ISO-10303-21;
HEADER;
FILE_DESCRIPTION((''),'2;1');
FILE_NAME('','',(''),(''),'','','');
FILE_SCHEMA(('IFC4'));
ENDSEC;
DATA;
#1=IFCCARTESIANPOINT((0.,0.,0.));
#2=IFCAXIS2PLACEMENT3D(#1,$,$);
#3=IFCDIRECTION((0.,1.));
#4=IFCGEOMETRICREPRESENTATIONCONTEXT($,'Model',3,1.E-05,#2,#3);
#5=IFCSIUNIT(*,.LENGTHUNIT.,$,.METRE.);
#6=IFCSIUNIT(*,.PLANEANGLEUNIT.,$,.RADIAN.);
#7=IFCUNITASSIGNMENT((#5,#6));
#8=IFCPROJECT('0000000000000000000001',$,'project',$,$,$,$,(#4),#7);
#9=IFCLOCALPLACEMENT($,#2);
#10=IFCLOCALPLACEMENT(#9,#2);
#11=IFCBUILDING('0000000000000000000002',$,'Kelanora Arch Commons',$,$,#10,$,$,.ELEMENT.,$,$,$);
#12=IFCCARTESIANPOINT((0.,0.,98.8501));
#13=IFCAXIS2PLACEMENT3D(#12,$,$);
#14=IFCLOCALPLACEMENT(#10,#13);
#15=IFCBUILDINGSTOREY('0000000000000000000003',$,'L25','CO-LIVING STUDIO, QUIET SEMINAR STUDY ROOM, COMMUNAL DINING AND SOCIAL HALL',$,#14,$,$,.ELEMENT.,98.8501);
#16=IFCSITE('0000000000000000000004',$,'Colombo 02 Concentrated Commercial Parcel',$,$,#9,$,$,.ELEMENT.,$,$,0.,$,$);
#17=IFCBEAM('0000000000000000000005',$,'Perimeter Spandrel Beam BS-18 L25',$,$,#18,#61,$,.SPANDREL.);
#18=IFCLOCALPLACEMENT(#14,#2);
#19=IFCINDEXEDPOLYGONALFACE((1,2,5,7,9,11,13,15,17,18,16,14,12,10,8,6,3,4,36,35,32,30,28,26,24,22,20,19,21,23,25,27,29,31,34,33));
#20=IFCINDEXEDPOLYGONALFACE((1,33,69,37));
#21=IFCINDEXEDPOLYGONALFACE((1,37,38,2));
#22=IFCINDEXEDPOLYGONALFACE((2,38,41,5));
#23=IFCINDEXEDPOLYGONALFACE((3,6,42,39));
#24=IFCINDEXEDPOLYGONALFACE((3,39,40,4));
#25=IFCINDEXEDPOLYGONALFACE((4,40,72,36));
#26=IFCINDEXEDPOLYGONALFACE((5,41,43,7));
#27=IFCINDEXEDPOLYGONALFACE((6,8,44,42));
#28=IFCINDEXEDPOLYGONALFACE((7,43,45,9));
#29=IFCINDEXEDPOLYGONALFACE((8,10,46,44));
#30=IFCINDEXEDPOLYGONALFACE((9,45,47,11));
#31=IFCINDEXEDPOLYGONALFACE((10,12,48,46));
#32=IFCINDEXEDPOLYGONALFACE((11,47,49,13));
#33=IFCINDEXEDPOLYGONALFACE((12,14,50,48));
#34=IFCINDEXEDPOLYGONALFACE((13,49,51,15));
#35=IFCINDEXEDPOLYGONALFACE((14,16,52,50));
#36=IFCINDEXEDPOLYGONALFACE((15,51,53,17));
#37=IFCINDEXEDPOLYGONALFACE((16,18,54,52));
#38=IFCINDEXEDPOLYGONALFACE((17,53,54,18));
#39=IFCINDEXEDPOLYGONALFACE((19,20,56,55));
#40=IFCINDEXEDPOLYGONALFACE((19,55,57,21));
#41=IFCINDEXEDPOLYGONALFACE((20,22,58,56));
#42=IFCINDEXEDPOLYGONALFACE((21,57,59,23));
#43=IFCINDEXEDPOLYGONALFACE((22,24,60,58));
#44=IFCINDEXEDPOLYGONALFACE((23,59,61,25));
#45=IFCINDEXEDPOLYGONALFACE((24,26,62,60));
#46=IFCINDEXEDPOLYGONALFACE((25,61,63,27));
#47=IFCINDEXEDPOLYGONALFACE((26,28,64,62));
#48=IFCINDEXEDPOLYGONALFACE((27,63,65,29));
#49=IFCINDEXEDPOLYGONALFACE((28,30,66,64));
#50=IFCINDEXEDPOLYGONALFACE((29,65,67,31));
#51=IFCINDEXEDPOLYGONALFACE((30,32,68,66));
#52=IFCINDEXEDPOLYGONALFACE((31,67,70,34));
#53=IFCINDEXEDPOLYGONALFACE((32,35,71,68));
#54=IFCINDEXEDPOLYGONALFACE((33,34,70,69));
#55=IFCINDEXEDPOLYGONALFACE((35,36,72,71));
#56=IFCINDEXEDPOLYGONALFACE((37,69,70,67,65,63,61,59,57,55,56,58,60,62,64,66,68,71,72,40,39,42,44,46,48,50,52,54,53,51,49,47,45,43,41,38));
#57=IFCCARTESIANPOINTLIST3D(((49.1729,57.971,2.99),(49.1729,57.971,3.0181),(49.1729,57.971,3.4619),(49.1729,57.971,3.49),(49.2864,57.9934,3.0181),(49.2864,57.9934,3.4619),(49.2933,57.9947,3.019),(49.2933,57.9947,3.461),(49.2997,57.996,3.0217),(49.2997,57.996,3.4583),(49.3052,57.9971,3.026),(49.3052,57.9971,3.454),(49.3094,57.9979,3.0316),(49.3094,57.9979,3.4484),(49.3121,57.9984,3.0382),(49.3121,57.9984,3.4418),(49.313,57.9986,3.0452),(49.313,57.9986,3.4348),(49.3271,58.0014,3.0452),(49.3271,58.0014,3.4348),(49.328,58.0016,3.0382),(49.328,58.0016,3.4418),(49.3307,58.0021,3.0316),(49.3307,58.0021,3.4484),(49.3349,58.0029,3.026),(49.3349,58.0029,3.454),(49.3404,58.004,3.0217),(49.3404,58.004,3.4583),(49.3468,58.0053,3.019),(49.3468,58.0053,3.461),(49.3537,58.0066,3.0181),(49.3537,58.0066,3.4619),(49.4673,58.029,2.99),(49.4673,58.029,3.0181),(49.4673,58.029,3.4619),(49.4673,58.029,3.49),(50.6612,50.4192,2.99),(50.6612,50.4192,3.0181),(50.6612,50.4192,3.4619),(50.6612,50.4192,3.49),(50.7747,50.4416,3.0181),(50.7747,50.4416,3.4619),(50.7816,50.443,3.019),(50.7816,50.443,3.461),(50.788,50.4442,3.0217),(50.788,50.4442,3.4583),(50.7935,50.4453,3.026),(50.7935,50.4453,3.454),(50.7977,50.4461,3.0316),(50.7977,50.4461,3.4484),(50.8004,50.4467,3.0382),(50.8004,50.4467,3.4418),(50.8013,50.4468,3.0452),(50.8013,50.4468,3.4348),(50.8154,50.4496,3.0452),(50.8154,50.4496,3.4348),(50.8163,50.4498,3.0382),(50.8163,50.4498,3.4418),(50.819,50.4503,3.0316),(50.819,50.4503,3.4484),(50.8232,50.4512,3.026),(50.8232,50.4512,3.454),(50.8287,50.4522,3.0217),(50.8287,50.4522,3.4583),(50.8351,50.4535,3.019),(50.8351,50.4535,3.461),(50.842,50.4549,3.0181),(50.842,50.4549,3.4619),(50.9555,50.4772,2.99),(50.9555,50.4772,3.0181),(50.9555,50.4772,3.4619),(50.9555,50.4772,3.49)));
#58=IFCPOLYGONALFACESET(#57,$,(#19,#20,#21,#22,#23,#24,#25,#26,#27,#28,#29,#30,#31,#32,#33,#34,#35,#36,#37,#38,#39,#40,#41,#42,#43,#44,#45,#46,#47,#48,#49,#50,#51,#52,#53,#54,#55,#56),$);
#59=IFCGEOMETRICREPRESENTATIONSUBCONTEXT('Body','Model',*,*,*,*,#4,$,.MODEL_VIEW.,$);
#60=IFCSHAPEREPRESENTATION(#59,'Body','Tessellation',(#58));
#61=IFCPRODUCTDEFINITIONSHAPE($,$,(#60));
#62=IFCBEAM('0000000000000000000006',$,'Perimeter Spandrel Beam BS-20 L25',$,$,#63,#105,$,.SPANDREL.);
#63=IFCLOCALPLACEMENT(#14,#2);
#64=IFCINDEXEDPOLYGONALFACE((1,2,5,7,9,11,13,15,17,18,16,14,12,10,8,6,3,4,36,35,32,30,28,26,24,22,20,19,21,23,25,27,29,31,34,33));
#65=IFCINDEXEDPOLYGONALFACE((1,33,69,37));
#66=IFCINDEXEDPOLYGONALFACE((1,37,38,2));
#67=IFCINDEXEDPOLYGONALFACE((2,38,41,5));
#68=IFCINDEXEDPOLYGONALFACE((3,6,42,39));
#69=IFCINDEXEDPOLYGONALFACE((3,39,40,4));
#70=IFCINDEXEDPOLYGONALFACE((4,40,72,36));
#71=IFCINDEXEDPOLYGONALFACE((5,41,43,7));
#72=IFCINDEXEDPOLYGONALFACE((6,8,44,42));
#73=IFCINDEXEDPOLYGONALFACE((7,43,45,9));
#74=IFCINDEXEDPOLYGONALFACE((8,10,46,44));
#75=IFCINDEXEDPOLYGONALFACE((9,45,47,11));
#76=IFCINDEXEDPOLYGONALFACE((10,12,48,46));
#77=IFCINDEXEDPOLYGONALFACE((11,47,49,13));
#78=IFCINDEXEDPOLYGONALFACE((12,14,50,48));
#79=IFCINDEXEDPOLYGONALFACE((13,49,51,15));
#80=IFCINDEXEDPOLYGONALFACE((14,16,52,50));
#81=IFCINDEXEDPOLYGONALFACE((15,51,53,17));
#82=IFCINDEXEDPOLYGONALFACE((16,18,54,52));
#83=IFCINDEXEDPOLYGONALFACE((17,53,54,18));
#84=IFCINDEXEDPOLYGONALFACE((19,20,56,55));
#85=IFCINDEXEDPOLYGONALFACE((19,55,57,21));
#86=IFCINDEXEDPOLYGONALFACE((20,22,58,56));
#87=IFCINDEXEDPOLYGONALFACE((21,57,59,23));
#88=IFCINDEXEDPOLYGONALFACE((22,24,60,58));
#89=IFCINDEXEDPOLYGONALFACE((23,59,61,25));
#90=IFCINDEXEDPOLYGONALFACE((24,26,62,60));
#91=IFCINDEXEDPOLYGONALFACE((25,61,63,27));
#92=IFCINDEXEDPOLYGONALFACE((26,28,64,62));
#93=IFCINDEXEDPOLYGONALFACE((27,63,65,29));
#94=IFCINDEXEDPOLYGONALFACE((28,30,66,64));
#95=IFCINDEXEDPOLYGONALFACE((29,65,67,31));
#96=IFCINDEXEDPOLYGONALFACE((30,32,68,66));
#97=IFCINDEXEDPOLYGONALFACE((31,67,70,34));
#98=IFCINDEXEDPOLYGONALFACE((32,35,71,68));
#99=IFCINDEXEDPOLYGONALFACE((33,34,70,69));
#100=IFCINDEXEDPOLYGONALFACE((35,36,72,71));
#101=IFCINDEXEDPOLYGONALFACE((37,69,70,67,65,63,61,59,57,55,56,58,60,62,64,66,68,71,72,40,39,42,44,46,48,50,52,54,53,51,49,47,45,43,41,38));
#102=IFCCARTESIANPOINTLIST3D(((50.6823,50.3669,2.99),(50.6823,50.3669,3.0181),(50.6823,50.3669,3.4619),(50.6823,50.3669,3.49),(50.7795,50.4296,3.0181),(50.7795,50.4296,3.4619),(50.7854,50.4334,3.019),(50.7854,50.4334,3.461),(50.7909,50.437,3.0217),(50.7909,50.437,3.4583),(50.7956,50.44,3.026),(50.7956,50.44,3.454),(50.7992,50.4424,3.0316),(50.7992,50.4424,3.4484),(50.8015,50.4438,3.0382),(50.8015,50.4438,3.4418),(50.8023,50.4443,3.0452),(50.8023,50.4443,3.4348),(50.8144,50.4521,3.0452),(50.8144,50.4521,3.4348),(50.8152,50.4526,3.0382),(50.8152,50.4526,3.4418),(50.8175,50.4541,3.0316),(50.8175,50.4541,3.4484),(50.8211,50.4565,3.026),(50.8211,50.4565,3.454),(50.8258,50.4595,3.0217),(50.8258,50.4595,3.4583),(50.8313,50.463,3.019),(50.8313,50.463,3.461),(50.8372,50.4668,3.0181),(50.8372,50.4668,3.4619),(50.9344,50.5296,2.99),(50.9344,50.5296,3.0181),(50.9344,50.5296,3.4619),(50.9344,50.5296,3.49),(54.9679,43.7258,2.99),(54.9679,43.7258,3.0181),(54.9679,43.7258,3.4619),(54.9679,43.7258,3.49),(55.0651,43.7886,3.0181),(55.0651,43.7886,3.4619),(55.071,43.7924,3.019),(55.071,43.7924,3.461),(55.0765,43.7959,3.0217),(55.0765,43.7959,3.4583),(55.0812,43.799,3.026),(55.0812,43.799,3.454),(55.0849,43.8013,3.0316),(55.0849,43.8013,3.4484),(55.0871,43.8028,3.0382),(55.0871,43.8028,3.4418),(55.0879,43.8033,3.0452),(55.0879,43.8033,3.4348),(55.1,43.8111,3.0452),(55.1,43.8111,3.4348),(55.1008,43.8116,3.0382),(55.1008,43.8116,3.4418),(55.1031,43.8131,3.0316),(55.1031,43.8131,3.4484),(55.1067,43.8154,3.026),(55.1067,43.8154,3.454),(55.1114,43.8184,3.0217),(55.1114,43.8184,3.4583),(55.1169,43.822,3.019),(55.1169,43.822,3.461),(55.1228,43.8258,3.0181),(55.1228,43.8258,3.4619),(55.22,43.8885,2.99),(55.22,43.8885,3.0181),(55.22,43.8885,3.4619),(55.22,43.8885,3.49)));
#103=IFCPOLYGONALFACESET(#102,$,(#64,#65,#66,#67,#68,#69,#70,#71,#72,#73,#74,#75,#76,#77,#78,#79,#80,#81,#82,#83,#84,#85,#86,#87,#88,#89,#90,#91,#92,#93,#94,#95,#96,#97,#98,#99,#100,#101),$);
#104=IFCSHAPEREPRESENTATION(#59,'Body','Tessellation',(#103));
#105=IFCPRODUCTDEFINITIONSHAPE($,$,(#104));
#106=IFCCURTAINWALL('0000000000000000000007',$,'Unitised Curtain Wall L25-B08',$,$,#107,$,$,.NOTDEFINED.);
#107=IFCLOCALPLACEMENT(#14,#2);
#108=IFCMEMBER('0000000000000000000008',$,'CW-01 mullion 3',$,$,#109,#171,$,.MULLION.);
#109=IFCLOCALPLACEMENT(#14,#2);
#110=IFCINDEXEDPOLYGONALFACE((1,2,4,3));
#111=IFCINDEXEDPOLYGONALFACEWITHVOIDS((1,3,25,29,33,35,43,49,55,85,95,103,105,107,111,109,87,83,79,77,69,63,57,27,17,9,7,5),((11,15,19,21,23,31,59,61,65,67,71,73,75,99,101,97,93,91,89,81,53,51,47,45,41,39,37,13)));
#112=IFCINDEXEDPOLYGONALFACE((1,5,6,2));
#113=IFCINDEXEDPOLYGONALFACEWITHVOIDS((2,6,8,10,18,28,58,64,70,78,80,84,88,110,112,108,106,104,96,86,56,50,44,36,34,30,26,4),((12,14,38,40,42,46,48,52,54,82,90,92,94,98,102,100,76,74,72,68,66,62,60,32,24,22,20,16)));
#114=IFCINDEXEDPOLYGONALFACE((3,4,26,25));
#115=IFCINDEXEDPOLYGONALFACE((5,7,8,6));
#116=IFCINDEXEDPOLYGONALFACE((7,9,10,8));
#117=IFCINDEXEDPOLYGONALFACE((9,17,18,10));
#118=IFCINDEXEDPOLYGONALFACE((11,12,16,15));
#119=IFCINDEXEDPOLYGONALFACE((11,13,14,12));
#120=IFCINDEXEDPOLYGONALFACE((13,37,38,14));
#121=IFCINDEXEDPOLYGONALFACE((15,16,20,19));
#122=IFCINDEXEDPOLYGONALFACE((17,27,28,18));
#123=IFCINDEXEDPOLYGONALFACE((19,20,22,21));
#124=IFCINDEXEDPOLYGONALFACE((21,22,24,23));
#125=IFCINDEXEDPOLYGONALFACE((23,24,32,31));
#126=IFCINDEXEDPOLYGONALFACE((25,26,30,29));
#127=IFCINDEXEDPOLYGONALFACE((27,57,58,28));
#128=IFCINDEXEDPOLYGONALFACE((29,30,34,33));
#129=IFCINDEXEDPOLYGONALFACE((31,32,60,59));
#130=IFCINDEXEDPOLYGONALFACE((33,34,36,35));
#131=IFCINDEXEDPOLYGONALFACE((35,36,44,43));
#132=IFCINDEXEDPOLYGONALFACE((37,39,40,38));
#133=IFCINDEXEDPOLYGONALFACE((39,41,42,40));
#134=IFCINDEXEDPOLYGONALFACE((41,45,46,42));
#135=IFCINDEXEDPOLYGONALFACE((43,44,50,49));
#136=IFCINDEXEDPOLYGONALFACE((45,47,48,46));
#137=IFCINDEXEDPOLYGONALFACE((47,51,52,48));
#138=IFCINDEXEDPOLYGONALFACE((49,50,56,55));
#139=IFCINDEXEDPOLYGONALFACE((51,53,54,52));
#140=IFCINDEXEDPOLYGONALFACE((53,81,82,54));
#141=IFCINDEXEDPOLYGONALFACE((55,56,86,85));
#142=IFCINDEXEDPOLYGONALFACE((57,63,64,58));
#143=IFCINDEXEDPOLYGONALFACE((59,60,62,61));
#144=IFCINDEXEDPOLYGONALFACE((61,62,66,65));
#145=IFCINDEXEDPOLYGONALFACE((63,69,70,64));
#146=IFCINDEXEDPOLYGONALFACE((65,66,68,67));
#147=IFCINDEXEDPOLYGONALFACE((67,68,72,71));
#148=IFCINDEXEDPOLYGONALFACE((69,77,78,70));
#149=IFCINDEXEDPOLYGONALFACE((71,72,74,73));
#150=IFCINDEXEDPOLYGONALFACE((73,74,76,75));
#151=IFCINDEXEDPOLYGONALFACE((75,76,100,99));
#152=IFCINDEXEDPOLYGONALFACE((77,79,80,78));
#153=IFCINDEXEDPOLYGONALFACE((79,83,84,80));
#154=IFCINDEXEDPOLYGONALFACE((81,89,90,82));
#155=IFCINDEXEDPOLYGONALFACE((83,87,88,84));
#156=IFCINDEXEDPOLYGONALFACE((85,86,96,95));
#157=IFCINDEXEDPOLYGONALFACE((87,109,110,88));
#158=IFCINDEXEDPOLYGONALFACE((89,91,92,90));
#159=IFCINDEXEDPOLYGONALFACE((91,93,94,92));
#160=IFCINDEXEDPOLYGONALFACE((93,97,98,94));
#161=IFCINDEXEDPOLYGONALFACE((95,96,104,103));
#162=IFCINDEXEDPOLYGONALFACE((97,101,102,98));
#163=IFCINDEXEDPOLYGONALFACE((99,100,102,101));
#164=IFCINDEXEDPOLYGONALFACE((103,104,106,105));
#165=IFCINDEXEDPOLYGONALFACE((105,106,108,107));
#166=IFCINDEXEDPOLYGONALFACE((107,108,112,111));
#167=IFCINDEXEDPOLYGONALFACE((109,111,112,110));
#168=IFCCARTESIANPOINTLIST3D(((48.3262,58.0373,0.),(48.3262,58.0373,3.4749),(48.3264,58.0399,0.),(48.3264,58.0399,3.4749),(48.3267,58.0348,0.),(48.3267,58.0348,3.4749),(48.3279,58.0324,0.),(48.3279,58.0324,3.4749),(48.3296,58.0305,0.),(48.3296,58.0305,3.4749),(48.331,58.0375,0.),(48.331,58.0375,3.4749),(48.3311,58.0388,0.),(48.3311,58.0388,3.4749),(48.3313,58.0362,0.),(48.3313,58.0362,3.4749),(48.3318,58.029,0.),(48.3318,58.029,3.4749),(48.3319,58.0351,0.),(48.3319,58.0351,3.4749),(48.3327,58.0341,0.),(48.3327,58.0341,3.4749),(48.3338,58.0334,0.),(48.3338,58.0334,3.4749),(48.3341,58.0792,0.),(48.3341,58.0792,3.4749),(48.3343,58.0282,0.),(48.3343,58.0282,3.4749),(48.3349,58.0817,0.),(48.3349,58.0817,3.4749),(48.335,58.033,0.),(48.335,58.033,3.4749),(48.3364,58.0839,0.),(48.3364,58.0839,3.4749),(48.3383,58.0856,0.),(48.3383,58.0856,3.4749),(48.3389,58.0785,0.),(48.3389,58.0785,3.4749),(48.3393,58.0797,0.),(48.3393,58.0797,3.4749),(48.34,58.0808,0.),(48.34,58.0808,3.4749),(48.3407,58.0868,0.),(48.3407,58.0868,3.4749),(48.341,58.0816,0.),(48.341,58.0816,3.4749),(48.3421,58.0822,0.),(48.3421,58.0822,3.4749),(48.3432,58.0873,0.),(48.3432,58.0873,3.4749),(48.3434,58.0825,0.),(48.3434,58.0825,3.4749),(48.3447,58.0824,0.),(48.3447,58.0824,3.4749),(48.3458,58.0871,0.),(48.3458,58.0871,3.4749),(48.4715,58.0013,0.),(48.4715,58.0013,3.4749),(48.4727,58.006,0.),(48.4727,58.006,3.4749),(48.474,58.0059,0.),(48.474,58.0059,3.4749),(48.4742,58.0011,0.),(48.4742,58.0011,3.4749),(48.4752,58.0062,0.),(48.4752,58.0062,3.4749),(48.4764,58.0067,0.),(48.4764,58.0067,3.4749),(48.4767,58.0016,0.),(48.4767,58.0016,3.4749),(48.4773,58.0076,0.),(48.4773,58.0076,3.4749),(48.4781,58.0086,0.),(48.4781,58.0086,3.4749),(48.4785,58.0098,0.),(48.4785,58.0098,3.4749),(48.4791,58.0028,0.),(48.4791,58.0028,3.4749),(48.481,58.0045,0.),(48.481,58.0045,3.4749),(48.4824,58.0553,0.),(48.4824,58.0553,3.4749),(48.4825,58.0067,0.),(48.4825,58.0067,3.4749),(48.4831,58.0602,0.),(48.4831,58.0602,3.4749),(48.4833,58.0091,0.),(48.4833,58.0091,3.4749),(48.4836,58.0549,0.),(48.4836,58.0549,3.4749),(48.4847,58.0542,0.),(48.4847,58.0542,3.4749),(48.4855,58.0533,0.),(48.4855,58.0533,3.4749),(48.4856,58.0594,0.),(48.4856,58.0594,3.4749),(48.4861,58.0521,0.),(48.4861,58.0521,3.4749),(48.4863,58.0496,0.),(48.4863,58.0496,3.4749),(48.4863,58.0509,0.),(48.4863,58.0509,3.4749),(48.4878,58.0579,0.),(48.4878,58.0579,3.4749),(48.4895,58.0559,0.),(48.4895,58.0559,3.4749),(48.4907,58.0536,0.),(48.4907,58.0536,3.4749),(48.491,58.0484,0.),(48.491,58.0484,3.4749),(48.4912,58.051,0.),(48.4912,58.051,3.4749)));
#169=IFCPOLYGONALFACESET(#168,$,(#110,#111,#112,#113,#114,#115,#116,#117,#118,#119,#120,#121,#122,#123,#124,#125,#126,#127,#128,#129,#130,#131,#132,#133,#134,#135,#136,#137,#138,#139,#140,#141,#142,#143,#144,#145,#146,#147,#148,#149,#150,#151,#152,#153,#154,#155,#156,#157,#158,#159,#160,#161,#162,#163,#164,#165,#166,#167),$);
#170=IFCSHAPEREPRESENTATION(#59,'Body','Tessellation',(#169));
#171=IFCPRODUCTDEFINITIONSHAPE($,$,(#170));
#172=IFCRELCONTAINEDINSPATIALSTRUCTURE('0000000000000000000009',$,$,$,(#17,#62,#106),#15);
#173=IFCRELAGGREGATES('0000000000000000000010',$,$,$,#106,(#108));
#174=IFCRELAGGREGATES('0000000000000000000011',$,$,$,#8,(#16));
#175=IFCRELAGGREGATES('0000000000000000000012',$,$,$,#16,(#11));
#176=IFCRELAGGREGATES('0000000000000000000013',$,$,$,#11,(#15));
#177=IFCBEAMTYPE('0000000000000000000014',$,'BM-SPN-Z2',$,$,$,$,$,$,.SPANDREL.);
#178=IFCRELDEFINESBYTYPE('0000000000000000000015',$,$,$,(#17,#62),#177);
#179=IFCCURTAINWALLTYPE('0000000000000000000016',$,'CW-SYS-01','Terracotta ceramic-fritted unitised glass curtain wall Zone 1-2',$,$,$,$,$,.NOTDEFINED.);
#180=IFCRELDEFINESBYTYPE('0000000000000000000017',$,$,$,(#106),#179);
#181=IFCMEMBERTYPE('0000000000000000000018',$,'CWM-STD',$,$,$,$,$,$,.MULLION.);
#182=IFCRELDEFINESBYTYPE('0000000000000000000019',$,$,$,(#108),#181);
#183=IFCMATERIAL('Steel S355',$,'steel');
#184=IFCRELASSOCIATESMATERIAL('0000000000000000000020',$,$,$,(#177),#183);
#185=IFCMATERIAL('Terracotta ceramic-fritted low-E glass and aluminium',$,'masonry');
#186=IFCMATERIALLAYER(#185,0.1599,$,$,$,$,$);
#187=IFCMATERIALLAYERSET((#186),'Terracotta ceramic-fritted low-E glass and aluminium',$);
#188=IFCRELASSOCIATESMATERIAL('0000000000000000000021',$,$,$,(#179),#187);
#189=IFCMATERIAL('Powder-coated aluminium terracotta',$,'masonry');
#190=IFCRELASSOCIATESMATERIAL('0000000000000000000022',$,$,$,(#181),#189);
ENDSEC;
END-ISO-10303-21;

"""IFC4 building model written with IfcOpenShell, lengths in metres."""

from ifc_helpers import new_model, si_unit, direction, frame, origin, origin_2d, place, context, subcontext, project, spatial, hollow_rectangle, i_section, extrude, material, layer, layer_set, material_profile, profile_set, type_object, element, aggregate, save


model = new_model("IFC4")

# Units and contexts
model_context = context("Model", 3, precision=1e-05, world=origin(), true_north=direction((0.0, 1.0)))
body_context = subcontext(model_context, "Body", "Model", "MODEL_VIEW")
ifc_project = project(units=[si_unit("LENGTHUNIT", "METRE"), si_unit("PLANEANGLEUNIT", "RADIAN")], contexts=[model_context])

# Site, building, storey
site_placement = place(None, origin())
site = spatial("IfcSite", under=ifc_project, at=site_placement, Name="Colombo 02 Concentrated Commercial Parcel", CompositionType="ELEMENT", RefElevation=0.0)
building_placement = place(site_placement, origin())
building = spatial("IfcBuilding", under=site, at=building_placement, Name="Kelanora Arch Commons", CompositionType="ELEMENT")
storey_placement = place(building_placement, frame((0.0, 0.0, 98.8501)))
storey = spatial("IfcBuildingStorey", under=building, at=storey_placement, Name="L25", Description="CO-LIVING STUDIO, QUIET SEMINAR STUDY ROOM, COMMUNAL DINING AND SOCIAL HALL", CompositionType="ELEMENT", Elevation=98.8501)

# Beams
ifc_material_1 = material(Name="Steel S355", Category="steel")
ifc_material_profile_1 = material_profile(ifc_material_1, i_section(OverallWidth=0.3, OverallDepth=0.5, WebThickness=0.0144, FlangeThickness=0.0281, FilletRadius=0.0271, at=origin_2d()), Name="HEB500")
ifc_profile_set_1 = profile_set([ifc_material_profile_1], Name="Steel S355")
beam_type_1 = type_object("IfcBeamType", Name="BM-SPN-Z2", PredefinedType="SPANDREL", material=ifc_profile_set_1)
beam_1_placement = place(storey_placement, frame((49.3201, 58.0, 3.24), z_axis=(0.193358, -0.981128, 0.0), x_axis=(0.981128, 0.193358, 0.0)))
element("IfcBeam", 1, at=beam_1_placement, inside=storey, type_object=beam_type_1, Name="Perimeter Spandrel Beam BS-18 L25", PredefinedType="SPANDREL", context=body_context, shape_type="SweptSolid", body=[
    extrude(i_section(OverallWidth=0.3, OverallDepth=0.5, WebThickness=0.0144, FlangeThickness=0.0281, FilletRadius=0.0271, at=origin_2d()), origin(), (0.0, 0.0, 1.0), 7.697),
])
beam_2_placement = place(storey_placement, frame((50.8083, 50.4482, 3.24), z_axis=(0.542221, -0.840236, 0.0), x_axis=(0.840236, 0.542221, 0.0)))
element("IfcBeam", 2, at=beam_2_placement, inside=storey, type_object=beam_type_1, Name="Perimeter Spandrel Beam BS-20 L25", PredefinedType="SPANDREL", context=body_context, shape_type="SweptSolid", body=[
    extrude(i_section(OverallWidth=0.3, OverallDepth=0.5, WebThickness=0.0144, FlangeThickness=0.0281, FilletRadius=0.0271, at=origin_2d()), origin(), (0.0, 0.0, 1.0), 7.9038),
])

# Curtain wall, member
ifc_material_2 = material(Name="Terracotta ceramic-fritted low-E glass and aluminium", Category="masonry")
ifc_layer_1 = layer(ifc_material_2, 0.1599)
ifc_layer_set_1 = layer_set([ifc_layer_1], Name="Terracotta ceramic-fritted low-E glass and aluminium")
curtain_wall_type = type_object("IfcCurtainWallType", Name="CW-SYS-01", Description="Terracotta ceramic-fritted unitised glass curtain wall Zone 1-2", PredefinedType="NOTDEFINED", material=ifc_layer_set_1)
curtain_wall_1_placement = place(storey_placement, origin())
curtain_wall_1 = element("IfcCurtainWall", 3, at=curtain_wall_1_placement, inside=storey, type_object=curtain_wall_type, Name="Unitised Curtain Wall L25-B08", PredefinedType="NOTDEFINED")
ifc_material_3 = material(Name="Powder-coated aluminium terracotta", Category="masonry")
ifc_material_profile_2 = material_profile(ifc_material_3, hollow_rectangle(XDim=0.1599, YDim=0.0601, WallThickness=0.0049, InnerFilletRadius=0.0049, OuterFilletRadius=0.01, at=origin_2d()), Name="CWM160x60")
ifc_profile_set_2 = profile_set([ifc_material_profile_2], Name="Powder-coated aluminium terracotta")
member_type_1 = type_object("IfcMemberType", Name="CWM-STD", PredefinedType="MULLION", material=ifc_profile_set_2)
member_1_placement = place(storey_placement, frame((48.4087, 58.0442, 0.0), z_axis=(0.0, 0.0, 1.0), x_axis=(0.98128, -0.192585, 0.0)))
member_1 = element("IfcMember", 4, at=member_1_placement, type_object=member_type_1, Name="CW-01 mullion 3", PredefinedType="MULLION", context=body_context, shape_type="SweptSolid", body=[
    extrude(hollow_rectangle(XDim=0.1599, YDim=0.0601, WallThickness=0.0049, InnerFilletRadius=0.0049, OuterFilletRadius=0.01, at=origin_2d()), origin(), (0.0, 0.0, 1.0), 3.4749),
])
aggregate(curtain_wall_1, [member_1])

save(model, "model.ifc")
